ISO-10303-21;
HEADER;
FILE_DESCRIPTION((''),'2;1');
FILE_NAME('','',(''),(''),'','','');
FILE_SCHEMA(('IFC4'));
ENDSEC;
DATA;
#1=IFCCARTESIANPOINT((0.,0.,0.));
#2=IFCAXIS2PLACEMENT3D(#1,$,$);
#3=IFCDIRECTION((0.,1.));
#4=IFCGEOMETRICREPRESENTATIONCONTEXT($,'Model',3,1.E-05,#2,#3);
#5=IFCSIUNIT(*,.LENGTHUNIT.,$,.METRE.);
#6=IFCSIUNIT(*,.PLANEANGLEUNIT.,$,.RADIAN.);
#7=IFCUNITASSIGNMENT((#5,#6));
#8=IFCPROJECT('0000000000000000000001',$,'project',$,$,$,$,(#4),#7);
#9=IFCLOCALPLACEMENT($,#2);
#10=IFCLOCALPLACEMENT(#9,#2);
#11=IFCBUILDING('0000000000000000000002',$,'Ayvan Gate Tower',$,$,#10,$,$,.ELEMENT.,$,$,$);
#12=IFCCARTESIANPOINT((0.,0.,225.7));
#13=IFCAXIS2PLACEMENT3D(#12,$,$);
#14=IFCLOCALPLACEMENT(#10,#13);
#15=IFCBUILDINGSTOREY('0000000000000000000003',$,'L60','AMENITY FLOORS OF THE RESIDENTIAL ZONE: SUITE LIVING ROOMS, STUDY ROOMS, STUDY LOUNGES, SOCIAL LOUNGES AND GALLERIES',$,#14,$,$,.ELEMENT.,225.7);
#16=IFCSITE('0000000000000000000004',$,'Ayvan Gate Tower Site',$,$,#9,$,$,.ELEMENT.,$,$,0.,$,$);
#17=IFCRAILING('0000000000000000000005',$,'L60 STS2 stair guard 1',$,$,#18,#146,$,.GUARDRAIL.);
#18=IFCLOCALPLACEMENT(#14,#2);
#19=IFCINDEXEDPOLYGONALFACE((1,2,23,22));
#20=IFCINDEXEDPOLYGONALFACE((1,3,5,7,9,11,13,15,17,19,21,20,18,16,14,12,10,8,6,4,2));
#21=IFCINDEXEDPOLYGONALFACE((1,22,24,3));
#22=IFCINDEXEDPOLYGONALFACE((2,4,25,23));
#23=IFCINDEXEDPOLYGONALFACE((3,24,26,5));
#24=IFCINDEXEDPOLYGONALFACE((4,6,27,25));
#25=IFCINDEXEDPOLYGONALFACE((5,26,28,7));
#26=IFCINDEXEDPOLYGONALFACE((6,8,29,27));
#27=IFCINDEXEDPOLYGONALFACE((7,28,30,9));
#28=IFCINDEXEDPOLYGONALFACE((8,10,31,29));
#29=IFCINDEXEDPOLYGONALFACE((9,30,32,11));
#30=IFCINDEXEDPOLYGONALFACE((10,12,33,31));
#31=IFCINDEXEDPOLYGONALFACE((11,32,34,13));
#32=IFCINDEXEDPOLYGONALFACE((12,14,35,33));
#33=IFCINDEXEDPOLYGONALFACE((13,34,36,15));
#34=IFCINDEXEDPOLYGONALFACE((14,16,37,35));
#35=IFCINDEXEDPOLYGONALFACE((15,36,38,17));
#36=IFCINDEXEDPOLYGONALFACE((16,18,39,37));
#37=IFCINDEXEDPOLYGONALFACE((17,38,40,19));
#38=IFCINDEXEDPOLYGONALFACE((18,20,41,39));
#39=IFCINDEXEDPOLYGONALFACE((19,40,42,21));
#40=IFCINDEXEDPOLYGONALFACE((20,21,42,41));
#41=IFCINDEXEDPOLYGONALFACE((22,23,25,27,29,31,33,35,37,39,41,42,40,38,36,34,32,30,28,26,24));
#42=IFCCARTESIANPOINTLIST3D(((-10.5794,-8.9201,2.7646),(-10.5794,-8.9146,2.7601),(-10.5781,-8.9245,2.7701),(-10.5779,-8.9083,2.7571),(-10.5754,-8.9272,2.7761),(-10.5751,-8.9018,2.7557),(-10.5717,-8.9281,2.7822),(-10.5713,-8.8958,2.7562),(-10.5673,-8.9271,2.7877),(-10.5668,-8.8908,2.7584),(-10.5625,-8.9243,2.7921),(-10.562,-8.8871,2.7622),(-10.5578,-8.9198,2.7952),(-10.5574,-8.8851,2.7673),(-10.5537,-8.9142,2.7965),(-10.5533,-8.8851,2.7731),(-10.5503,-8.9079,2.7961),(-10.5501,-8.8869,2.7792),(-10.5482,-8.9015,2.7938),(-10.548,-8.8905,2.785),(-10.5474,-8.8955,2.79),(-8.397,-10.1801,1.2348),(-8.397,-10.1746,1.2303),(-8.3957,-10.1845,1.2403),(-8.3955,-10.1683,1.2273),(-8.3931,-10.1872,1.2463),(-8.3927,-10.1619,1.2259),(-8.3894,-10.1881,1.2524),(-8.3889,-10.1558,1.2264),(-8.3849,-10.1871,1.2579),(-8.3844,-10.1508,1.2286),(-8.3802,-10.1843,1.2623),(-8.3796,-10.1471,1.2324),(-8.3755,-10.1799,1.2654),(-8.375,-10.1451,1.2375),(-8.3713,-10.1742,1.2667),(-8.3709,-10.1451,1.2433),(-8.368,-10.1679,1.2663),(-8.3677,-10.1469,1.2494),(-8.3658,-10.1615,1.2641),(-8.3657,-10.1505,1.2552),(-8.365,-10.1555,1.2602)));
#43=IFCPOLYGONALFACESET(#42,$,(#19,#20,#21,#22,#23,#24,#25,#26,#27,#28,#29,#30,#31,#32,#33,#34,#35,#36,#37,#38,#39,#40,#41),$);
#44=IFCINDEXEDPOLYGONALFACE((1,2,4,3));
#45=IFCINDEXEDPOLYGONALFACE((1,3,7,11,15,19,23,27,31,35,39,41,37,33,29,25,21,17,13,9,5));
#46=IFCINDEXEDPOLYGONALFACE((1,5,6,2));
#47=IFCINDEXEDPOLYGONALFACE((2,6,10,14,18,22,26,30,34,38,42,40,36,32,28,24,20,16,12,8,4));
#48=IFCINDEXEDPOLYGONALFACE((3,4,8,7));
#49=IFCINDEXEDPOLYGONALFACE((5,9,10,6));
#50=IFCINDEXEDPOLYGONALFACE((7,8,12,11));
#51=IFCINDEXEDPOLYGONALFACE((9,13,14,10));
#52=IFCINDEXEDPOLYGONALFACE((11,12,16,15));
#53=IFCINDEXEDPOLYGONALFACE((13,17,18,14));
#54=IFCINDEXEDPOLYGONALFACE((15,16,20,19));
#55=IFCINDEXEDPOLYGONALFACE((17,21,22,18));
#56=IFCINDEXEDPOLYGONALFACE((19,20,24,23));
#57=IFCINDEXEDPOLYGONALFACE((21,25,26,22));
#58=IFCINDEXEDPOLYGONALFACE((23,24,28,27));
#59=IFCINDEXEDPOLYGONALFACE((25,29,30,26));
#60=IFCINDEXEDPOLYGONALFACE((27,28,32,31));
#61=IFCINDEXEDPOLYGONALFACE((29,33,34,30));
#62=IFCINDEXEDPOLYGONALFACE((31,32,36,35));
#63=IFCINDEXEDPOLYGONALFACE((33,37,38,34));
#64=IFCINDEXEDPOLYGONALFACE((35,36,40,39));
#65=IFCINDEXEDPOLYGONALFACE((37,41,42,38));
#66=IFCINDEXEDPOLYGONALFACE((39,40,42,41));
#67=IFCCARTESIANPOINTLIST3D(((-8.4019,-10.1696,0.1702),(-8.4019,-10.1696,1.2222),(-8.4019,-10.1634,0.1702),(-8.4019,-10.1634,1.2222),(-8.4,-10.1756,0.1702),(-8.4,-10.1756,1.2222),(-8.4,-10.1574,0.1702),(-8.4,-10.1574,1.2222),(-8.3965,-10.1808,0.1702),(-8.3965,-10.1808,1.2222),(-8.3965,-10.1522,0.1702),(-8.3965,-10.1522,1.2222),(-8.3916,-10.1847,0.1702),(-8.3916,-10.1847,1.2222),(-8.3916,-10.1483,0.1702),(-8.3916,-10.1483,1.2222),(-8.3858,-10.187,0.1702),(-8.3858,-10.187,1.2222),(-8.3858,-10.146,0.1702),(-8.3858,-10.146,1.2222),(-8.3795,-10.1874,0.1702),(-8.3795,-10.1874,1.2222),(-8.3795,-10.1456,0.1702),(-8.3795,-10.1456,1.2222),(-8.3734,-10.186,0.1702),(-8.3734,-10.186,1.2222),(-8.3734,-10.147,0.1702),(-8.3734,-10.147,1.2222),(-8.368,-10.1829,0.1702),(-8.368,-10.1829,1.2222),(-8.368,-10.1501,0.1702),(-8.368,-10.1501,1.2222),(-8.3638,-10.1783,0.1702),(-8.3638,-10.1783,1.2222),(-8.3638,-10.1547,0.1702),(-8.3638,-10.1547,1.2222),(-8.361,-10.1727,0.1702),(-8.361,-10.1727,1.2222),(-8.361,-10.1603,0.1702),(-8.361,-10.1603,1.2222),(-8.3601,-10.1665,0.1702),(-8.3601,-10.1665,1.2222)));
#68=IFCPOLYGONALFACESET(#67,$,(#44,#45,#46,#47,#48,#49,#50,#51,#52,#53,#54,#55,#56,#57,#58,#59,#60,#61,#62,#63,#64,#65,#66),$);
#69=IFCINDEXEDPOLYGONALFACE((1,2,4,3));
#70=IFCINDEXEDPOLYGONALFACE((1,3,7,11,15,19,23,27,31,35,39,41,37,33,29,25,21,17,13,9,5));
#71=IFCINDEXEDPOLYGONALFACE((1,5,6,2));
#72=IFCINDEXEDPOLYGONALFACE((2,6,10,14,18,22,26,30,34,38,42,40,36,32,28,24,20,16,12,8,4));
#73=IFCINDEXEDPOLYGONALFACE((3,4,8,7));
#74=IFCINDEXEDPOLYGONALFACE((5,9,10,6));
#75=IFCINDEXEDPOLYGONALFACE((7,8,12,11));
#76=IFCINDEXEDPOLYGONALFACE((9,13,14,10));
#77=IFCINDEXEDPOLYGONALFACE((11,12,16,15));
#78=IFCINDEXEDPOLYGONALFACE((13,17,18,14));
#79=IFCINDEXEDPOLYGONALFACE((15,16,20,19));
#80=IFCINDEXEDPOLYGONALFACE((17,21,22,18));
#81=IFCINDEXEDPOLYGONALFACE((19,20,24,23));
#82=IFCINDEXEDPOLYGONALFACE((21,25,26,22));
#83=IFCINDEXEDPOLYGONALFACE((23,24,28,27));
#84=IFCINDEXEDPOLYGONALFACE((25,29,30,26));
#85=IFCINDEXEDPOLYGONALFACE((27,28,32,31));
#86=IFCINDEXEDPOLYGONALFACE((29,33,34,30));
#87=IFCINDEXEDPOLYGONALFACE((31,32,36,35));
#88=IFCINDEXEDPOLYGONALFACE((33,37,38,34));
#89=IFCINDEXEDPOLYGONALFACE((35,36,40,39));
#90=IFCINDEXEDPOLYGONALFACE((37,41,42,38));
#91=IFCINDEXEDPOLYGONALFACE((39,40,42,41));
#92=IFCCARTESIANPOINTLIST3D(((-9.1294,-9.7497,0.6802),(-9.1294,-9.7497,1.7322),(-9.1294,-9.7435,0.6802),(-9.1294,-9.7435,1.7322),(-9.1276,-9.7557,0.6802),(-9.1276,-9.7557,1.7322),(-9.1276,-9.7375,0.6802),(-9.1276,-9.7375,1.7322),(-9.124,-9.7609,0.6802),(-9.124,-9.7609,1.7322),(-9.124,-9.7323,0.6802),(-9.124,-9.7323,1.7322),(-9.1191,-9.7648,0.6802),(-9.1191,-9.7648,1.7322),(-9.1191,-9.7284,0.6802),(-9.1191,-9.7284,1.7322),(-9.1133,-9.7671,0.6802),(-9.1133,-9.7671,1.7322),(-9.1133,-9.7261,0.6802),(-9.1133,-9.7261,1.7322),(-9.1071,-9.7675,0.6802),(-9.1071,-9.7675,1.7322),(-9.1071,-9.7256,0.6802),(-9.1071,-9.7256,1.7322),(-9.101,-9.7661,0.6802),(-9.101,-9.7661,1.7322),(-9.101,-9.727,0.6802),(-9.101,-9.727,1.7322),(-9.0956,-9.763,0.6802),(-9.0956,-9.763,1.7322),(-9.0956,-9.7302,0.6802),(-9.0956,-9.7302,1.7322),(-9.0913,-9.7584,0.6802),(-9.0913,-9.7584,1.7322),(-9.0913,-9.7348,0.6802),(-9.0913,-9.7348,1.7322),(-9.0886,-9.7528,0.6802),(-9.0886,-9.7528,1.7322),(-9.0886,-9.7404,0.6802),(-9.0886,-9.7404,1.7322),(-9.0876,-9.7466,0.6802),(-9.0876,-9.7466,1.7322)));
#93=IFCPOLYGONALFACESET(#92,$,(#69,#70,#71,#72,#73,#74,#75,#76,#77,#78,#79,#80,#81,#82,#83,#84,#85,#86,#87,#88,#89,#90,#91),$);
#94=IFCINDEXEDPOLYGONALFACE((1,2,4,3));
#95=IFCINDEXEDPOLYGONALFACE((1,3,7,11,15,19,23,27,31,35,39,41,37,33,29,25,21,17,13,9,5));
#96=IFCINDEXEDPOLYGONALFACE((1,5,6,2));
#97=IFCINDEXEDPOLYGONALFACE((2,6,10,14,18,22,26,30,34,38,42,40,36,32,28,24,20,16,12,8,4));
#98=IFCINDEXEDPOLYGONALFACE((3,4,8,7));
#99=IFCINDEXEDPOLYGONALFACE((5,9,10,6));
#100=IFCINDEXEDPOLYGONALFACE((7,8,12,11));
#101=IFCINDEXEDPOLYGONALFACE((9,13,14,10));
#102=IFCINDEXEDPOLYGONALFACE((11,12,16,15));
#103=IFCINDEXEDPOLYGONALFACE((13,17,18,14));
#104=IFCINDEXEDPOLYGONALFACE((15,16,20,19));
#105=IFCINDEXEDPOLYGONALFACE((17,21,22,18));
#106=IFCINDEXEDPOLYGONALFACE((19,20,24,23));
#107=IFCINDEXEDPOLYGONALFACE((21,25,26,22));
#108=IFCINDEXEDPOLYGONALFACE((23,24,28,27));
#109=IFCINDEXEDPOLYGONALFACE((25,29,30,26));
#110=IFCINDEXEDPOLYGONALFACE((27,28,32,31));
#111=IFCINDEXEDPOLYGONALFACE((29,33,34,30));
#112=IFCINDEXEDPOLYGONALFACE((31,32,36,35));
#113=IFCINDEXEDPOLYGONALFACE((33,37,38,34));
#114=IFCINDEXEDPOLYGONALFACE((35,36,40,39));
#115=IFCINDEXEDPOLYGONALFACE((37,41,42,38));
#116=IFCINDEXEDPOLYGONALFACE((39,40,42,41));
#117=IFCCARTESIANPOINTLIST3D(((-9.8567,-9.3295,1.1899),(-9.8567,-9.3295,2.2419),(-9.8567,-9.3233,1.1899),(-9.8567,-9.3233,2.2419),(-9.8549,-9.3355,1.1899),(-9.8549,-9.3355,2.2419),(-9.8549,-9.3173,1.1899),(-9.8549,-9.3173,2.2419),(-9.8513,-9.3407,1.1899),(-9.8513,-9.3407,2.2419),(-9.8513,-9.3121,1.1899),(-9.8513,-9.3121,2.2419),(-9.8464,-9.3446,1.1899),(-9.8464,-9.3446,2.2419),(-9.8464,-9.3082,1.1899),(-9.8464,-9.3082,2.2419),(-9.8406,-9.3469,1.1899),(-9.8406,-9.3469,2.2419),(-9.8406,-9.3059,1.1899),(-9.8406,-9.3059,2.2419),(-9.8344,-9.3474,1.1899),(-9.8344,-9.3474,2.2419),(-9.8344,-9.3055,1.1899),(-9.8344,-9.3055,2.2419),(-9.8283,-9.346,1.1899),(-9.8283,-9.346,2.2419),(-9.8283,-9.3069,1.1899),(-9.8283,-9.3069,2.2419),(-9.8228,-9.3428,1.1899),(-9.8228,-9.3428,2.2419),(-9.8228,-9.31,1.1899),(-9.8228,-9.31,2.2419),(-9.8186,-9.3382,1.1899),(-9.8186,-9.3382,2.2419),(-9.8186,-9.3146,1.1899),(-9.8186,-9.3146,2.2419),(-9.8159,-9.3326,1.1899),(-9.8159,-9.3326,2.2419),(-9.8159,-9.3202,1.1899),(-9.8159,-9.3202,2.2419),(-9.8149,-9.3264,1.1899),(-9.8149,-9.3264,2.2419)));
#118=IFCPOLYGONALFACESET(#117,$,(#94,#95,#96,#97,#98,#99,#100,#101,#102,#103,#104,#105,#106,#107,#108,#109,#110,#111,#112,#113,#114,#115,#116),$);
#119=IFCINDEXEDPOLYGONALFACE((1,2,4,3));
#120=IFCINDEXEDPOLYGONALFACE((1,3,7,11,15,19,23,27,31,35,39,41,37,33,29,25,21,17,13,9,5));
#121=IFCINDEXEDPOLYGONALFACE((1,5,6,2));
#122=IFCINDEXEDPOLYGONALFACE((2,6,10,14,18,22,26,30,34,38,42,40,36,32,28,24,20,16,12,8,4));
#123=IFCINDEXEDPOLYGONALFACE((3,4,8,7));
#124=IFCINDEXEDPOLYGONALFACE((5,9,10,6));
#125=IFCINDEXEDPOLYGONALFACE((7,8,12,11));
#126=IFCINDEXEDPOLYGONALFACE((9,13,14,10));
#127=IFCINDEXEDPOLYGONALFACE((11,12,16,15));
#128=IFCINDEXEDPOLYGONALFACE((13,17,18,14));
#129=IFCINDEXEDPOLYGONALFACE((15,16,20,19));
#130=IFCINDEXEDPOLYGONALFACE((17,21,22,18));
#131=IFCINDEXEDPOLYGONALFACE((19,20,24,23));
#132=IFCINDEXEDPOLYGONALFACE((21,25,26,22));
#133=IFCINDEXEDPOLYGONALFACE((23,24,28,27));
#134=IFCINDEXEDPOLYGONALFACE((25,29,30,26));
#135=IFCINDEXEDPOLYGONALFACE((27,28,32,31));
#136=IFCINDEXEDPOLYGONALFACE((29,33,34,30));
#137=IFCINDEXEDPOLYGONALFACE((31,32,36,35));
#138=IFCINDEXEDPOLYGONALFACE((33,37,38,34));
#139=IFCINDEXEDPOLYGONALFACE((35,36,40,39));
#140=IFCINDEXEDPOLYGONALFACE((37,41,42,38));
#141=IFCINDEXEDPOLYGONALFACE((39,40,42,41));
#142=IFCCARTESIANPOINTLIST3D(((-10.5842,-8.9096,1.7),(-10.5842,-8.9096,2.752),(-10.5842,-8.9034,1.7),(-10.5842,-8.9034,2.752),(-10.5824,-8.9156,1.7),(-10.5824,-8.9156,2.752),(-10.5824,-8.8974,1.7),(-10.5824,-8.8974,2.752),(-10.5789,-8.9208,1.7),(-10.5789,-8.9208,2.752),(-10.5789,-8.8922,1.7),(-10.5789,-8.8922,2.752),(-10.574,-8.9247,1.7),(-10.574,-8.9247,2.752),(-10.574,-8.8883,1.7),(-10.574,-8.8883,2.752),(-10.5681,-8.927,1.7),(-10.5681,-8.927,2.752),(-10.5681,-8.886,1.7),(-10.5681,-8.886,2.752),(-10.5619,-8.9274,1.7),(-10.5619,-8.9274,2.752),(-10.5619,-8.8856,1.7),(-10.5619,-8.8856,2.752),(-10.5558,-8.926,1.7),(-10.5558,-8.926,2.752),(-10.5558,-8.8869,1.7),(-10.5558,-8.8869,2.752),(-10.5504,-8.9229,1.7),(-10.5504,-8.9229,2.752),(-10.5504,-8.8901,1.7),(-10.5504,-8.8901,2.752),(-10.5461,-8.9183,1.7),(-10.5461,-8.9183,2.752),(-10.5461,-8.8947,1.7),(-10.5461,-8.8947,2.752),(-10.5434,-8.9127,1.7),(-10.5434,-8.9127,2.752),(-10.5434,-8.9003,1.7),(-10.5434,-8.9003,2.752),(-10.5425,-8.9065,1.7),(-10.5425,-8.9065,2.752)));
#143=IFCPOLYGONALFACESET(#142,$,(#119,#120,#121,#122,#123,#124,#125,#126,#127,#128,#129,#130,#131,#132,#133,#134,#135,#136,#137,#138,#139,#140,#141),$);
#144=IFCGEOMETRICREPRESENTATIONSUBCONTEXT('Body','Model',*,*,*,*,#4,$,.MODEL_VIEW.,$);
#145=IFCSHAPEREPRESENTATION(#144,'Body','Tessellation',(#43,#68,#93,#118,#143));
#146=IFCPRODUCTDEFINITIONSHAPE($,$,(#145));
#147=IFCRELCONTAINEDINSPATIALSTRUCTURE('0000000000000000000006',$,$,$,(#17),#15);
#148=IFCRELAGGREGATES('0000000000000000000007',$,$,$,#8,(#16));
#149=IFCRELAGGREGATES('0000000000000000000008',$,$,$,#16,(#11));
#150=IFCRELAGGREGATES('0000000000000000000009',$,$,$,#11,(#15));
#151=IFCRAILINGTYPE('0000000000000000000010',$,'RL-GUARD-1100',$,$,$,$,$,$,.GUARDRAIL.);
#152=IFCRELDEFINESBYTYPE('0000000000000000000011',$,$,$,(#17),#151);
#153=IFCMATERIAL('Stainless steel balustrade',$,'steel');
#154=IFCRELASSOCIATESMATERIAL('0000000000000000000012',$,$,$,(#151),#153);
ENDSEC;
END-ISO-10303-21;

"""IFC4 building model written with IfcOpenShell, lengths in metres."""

from ifc_helpers import new_model, si_unit, direction, frame, origin, origin_2d, place, context, subcontext, project, spatial, circle, extrude, material, type_object, element, save


model = new_model("IFC4")

# Units and contexts
model_context = context("Model", 3, precision=1e-05, world=origin(), true_north=direction((0.0, 1.0)))
body_context = subcontext(model_context, "Body", "Model", "MODEL_VIEW")
ifc_project = project(units=[si_unit("LENGTHUNIT", "METRE"), si_unit("PLANEANGLEUNIT", "RADIAN")], contexts=[model_context])

# Site, building, storey
site_placement = place(None, origin())
site = spatial("IfcSite", under=ifc_project, at=site_placement, Name="Ayvan Gate Tower Site", CompositionType="ELEMENT", RefElevation=0.0)
building_placement = place(site_placement, origin())
building = spatial("IfcBuilding", under=site, at=building_placement, Name="Ayvan Gate Tower", CompositionType="ELEMENT")
storey_placement = place(building_placement, frame((0.0, 0.0, 225.7)))
storey = spatial("IfcBuildingStorey", under=building, at=storey_placement, Name="L60", Description="AMENITY FLOORS OF THE RESIDENTIAL ZONE: SUITE LIVING ROOMS, STUDY ROOMS, STUDY LOUNGES, SOCIAL LOUNGES AND GALLERIES", CompositionType="ELEMENT", Elevation=225.7)

# Railing
ifc_material_1 = material(Name="Stainless steel balustrade", Category="steel")
railing_type_1 = type_object("IfcRailingType", Name="RL-GUARD-1100", PredefinedType="GUARDRAIL", material=ifc_material_1)
railing_1_placement = place(storey_placement, frame((-8.3811, -10.1665, 0.1702)))
element("IfcRailing", 1, at=railing_1_placement, inside=storey, type_object=railing_type_1, Name="L60 STS2 stair guard 1", PredefinedType="GUARDRAIL", context=body_context, shape_type="SweptSolid", body=[
    extrude(circle(Radius=0.0239, at=origin_2d()), frame((0.0, 0.0, 1.0762), z_axis=(-0.740293, 0.427414, 0.518926), x_axis=(-0.500005, -0.866023, 0.0)), (0.0, 0.0, 1.0), 2.948),
    extrude(circle(Radius=0.021, at=origin_2d()), origin(), (0.0, 0.0, 1.0), 1.052),
    extrude(circle(Radius=0.021, at=origin_2d()), frame((-0.7275, 0.4199, 0.51)), (0.0, 0.0, 1.0), 1.052),
    extrude(circle(Radius=0.021, at=origin_2d()), frame((-1.4548, 0.8401, 1.0198)), (0.0, 0.0, 1.0), 1.052),
    extrude(circle(Radius=0.021, at=origin_2d()), frame((-2.1824, 1.26, 1.5298)), (0.0, 0.0, 1.0), 1.052),
])

save(model, "model.ifc")
